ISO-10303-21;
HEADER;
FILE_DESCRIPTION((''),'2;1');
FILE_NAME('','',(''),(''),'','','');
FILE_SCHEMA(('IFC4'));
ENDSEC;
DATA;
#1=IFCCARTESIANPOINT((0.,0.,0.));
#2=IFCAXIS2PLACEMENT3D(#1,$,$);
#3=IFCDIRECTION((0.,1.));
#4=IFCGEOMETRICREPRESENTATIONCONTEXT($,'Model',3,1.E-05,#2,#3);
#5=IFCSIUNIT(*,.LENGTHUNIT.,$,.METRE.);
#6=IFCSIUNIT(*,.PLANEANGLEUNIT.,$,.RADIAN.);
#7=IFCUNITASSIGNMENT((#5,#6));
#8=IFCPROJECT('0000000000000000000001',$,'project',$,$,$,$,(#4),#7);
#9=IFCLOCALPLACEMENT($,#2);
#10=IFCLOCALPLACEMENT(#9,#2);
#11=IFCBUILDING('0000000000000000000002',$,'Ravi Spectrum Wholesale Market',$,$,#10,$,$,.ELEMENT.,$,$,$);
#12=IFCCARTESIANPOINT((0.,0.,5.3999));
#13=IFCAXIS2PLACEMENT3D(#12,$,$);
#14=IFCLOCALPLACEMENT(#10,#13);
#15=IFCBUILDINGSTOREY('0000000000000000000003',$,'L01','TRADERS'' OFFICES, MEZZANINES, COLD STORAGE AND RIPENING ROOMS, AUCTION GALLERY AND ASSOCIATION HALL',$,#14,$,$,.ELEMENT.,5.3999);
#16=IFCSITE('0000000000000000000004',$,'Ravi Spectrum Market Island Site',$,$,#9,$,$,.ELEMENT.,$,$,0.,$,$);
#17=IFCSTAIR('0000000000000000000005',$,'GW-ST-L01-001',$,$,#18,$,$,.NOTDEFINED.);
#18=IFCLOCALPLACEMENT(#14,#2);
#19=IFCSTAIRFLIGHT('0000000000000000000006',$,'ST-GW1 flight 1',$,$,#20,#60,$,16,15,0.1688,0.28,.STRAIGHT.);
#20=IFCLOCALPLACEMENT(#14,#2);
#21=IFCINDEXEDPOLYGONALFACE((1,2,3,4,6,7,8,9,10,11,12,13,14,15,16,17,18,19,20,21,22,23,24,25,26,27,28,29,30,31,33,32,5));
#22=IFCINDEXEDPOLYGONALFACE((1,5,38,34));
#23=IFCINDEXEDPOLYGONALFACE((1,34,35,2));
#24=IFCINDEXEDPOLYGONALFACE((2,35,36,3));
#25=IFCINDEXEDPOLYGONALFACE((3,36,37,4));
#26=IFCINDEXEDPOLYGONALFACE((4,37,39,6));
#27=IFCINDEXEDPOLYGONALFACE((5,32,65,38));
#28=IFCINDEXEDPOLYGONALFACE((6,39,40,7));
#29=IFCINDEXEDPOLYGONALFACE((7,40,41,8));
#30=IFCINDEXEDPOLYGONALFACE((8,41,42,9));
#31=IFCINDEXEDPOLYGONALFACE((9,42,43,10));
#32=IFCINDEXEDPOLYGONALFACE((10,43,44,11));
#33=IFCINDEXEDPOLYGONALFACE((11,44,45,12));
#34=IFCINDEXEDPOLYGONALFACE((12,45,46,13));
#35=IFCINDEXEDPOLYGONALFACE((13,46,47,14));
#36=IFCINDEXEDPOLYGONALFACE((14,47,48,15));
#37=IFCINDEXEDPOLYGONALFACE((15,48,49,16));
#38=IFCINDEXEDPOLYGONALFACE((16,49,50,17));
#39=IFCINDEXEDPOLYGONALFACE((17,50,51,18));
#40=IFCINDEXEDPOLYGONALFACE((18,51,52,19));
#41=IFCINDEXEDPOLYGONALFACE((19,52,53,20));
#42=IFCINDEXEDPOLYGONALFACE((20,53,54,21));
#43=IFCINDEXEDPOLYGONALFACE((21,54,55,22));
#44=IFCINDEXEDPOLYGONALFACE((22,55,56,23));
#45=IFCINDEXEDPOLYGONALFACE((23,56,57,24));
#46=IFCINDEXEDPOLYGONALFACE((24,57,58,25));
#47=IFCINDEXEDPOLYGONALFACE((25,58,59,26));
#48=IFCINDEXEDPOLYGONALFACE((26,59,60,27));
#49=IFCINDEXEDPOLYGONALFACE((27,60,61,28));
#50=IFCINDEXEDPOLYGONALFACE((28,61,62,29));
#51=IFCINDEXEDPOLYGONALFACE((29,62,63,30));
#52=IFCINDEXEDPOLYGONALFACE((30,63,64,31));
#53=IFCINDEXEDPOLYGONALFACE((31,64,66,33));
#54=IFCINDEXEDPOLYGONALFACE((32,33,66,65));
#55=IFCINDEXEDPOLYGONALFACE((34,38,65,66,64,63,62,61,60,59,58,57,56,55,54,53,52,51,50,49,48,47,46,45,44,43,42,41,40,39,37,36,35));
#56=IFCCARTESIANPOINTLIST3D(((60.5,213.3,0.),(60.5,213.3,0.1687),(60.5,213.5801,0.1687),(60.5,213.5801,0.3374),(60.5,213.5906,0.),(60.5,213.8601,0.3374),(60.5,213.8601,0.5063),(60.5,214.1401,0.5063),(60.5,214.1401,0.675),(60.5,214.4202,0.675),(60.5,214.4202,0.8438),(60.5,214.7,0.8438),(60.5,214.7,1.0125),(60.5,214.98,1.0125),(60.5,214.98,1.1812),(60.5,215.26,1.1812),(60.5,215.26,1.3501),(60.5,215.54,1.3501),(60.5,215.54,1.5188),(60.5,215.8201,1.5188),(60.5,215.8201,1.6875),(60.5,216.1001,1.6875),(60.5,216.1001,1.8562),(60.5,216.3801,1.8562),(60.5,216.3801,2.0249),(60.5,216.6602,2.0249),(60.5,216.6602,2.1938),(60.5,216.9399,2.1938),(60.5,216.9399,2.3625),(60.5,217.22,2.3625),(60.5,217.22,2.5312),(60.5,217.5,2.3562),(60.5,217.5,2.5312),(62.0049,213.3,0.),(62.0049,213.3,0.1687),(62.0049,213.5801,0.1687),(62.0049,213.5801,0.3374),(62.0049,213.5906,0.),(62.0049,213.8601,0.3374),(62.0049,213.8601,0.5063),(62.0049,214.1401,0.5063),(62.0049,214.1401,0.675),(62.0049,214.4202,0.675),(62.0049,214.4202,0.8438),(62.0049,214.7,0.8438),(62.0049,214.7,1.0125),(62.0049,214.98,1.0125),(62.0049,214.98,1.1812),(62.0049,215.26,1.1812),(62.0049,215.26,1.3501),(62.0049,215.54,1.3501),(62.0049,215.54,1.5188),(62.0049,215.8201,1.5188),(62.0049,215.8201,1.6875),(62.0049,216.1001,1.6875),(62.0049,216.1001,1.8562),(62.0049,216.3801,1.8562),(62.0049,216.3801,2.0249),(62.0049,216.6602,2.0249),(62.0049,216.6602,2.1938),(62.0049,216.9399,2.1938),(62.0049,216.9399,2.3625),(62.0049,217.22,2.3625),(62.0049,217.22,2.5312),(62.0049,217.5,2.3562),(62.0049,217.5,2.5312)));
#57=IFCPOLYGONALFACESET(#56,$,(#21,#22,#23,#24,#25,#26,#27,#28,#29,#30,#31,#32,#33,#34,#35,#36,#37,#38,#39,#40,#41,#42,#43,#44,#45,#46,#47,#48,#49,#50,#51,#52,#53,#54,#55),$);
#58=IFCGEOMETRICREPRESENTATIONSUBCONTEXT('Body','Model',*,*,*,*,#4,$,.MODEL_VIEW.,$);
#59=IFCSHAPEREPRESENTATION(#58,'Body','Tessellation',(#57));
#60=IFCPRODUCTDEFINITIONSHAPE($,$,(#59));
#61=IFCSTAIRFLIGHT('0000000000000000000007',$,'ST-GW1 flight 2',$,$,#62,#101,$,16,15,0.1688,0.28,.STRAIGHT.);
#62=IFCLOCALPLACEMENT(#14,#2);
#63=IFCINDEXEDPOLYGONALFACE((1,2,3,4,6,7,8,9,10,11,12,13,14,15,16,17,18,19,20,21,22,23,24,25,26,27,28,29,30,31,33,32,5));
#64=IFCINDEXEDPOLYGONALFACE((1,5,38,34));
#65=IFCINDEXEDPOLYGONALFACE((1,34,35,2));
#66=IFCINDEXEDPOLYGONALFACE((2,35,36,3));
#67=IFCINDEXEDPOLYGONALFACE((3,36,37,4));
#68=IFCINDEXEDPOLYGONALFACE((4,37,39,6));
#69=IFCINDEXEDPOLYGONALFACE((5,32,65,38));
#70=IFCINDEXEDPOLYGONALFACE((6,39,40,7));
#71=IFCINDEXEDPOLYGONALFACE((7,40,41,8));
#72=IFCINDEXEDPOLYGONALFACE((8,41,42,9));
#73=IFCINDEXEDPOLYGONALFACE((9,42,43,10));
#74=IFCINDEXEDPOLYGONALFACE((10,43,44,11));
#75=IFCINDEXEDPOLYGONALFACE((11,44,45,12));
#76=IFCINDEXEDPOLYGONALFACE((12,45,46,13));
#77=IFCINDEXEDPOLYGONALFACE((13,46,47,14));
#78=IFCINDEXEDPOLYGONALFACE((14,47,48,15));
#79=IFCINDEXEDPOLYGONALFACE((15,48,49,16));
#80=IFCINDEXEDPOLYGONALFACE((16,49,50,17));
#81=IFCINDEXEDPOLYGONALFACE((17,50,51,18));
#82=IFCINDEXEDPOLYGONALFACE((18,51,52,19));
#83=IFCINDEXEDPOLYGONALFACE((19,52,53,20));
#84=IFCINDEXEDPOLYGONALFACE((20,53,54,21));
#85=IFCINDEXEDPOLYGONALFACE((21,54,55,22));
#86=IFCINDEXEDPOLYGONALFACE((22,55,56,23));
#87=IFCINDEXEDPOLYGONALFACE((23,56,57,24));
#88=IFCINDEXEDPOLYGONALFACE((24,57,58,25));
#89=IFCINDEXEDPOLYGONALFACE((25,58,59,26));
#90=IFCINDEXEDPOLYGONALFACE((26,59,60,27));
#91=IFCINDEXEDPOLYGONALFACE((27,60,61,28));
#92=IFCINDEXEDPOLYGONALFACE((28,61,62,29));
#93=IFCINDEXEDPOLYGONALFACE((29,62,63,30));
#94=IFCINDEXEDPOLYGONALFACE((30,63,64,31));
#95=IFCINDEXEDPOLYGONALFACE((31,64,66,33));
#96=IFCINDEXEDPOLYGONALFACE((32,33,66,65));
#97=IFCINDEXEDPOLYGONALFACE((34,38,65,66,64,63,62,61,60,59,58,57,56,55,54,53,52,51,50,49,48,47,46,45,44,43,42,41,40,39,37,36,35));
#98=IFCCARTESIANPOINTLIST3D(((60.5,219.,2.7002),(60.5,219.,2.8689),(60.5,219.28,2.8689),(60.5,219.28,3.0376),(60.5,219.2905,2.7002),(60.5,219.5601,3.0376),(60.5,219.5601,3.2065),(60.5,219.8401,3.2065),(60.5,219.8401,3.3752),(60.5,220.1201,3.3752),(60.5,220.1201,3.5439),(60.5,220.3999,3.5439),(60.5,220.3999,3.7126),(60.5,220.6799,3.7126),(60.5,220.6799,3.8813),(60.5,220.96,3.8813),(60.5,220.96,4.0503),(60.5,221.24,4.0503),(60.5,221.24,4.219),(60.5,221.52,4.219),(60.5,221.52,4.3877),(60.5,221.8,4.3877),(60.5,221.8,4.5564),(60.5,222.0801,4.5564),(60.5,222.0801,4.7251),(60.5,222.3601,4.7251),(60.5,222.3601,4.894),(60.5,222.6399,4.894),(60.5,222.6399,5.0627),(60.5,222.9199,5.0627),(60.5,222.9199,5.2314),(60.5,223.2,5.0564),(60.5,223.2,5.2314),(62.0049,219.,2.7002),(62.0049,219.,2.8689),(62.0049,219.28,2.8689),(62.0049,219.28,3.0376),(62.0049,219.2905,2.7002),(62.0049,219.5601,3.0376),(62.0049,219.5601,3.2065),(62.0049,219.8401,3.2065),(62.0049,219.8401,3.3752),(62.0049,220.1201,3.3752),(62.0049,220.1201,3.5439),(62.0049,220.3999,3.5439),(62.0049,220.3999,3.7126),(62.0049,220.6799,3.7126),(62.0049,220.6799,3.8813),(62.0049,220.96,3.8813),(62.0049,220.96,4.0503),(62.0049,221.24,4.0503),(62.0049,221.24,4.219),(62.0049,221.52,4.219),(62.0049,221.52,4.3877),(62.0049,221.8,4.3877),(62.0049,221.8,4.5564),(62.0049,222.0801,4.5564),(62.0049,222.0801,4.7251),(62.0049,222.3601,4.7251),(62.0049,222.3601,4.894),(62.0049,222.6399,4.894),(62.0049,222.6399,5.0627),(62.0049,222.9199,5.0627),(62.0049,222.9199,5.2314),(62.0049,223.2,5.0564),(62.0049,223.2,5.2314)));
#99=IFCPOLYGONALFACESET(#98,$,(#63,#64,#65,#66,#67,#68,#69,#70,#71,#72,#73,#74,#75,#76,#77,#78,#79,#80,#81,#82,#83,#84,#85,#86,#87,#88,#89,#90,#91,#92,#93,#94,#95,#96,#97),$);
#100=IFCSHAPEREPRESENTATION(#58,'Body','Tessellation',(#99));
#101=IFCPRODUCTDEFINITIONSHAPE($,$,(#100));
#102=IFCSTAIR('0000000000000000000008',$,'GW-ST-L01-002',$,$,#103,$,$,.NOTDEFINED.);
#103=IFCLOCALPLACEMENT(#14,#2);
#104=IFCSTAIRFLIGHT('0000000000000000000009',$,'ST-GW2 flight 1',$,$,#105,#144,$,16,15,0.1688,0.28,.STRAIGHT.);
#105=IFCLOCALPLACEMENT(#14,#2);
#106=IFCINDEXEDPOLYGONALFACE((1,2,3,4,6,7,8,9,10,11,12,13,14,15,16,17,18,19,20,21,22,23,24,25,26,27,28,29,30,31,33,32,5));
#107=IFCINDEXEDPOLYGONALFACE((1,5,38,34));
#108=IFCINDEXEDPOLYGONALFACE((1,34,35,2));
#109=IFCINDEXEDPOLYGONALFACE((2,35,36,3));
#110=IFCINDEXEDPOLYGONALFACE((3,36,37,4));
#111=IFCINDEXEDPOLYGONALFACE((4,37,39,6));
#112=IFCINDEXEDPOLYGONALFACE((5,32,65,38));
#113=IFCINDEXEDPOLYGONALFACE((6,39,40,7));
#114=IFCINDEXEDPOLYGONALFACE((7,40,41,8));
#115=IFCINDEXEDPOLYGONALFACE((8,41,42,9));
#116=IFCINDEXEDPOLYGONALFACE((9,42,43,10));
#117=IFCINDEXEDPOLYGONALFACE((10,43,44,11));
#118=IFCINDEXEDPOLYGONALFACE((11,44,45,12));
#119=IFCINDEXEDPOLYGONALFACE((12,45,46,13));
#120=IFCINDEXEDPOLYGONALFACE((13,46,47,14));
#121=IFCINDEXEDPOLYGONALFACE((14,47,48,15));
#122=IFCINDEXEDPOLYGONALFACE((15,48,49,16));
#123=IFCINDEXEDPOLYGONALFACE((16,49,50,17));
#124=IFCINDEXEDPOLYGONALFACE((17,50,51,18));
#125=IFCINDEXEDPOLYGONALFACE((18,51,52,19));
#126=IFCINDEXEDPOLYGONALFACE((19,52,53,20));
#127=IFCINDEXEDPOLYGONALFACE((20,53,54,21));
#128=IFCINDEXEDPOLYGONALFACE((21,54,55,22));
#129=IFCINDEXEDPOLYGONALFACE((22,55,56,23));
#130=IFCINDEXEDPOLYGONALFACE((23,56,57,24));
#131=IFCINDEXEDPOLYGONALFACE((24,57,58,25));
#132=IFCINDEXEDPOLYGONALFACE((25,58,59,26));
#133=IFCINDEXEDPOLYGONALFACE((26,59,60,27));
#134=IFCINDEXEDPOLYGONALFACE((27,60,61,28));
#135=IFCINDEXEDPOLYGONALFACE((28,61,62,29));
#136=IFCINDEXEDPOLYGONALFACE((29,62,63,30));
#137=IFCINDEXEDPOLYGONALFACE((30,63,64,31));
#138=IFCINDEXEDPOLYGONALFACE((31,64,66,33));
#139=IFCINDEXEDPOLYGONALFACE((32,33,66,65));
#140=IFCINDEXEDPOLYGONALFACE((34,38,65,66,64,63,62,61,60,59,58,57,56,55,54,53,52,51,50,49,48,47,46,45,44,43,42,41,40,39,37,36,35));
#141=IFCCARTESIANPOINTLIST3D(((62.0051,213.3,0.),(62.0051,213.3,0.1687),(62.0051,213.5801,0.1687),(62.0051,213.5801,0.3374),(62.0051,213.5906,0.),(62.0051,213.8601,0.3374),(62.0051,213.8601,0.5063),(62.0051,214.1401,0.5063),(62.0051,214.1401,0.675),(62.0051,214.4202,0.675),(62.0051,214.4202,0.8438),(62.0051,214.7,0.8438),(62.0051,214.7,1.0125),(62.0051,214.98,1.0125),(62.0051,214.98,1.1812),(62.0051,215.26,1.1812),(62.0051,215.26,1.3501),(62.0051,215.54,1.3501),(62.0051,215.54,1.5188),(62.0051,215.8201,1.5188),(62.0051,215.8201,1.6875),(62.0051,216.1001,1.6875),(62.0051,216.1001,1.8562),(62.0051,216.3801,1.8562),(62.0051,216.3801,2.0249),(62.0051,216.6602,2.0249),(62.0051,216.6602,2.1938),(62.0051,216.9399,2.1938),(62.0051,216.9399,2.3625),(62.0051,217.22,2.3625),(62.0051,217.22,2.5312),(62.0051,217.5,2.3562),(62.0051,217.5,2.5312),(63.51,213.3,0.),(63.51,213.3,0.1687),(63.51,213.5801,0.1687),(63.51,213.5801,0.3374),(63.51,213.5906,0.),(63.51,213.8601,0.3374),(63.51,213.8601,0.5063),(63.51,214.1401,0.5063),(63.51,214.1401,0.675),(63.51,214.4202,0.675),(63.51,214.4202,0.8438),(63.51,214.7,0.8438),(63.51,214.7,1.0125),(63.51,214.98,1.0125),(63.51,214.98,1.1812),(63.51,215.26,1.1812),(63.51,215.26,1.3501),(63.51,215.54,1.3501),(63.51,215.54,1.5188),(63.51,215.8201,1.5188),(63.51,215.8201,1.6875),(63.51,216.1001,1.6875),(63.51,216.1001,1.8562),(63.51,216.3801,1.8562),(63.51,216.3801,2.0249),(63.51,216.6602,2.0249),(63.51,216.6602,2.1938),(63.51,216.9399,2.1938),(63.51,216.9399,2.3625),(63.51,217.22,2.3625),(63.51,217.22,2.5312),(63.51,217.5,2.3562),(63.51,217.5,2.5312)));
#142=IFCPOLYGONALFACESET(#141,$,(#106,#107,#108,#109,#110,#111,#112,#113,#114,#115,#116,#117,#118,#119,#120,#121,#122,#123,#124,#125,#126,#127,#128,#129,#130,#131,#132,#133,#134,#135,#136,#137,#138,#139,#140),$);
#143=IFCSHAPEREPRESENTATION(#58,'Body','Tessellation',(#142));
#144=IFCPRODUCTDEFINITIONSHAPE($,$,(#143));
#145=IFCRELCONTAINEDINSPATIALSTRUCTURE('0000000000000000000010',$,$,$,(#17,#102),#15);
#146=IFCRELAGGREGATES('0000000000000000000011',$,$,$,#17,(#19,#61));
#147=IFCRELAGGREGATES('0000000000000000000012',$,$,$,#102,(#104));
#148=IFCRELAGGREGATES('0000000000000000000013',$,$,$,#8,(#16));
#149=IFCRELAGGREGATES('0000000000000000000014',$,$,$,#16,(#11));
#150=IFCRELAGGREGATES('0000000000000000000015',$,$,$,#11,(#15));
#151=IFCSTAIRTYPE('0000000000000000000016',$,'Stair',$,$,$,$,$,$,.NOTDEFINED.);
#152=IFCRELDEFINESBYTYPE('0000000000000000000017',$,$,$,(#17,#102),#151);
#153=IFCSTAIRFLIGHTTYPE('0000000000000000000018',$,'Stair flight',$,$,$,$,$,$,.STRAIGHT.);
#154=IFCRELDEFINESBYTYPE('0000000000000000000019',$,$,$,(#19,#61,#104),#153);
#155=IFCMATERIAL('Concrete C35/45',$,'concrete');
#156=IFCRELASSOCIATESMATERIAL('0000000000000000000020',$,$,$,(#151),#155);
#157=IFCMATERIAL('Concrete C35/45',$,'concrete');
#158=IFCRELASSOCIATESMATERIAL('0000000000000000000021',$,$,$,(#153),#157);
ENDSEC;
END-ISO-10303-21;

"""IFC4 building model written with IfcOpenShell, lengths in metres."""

from ifc_helpers import new_model, si_unit, direction, frame, origin, place, context, subcontext, project, spatial, polyline, outline, extrude, material, type_object, element, aggregate, save


model = new_model("IFC4")

# Units and contexts
model_context = context("Model", 3, precision=1e-05, world=origin(), true_north=direction((0.0, 1.0)))
body_context = subcontext(model_context, "Body", "Model", "MODEL_VIEW")
ifc_project = project(units=[si_unit("LENGTHUNIT", "METRE"), si_unit("PLANEANGLEUNIT", "RADIAN")], contexts=[model_context])

# Site, building, storey
site_placement = place(None, origin())
site = spatial("IfcSite", under=ifc_project, at=site_placement, Name="Ravi Spectrum Market Island Site", CompositionType="ELEMENT", RefElevation=0.0)
building_placement = place(site_placement, origin())
building = spatial("IfcBuilding", under=site, at=building_placement, Name="Ravi Spectrum Wholesale Market", CompositionType="ELEMENT")
storey_placement = place(building_placement, frame((0.0, 0.0, 5.3999)))
storey = spatial("IfcBuildingStorey", under=building, at=storey_placement, Name="L01", Description="TRADERS' OFFICES, MEZZANINES, COLD STORAGE AND RIPENING ROOMS, AUCTION GALLERY AND ASSOCIATION HALL", CompositionType="ELEMENT", Elevation=5.3999)

# Stairs, stair flights
ifc_material_1 = material(Name="Concrete C35/45", Category="concrete")
stair_type = type_object("IfcStairType", Name="Stair", PredefinedType="NOTDEFINED", material=ifc_material_1)
stair_1_placement = place(storey_placement, origin())
stair_1 = element("IfcStair", 1, at=stair_1_placement, inside=storey, type_object=stair_type, Name="GW-ST-L01-001", PredefinedType="NOTDEFINED")
ifc_material_2 = material(Name="Concrete C35/45", Category="concrete")
stair_flight_type = type_object("IfcStairFlightType", Name="Stair flight", PredefinedType="STRAIGHT", material=ifc_material_2)
stair_flight_1_placement = place(storey_placement, frame((61.2524, 213.3, 0.0), z_axis=(0.0, 0.0, 1.0), x_axis=(0.0, 1.0, 0.0)))
stair_flight_1 = element("IfcStairFlight", 2, at=stair_flight_1_placement, type_object=stair_flight_type, Name="ST-GW1 flight 1", NumberOfRisers=16, NumberOfTreads=15, PredefinedType="STRAIGHT", RiserHeight=0.1688, TreadLength=0.28, context=body_context, shape_type="SweptSolid", body=[
    extrude(outline(polyline([(0.0, 0.0), (0.0, 0.1687), (0.28, 0.1687), (0.28, 0.3374), (0.5601, 0.3374), (0.5601, 0.5063), (0.8401, 0.5063), (0.8401, 0.675), (1.1201, 0.675), (1.1201, 0.8438), (1.3999, 0.8438), (1.3999, 1.0125), (1.6799, 1.0125), (1.6799, 1.1812), (1.96, 1.1812), (1.96, 1.3501), (2.24, 1.3501), (2.24, 1.5188), (2.52, 1.5188), (2.52, 1.6875), (2.8, 1.6875), (2.8, 1.8562), (3.0801, 1.8562), (3.0801, 2.0249), (3.3601, 2.0249), (3.3601, 2.1938), (3.6399, 2.1938), (3.6399, 2.3625), (3.9199, 2.3625), (3.9199, 2.5312), (4.2, 2.5312), (4.2, 2.7), (4.2, 2.3562), (0.2905, 0.0), (0.0, 0.0)])), frame((0.0, 0.7524, 0.0), z_axis=(0.0, -1.0, 0.0), x_axis=(1.0, 0.0, 0.0)), (0.0, 0.0, 1.0), 1.5049),
])
stair_flight_2_placement = place(storey_placement, frame((61.2524, 219.0, 2.7002), z_axis=(0.0, 0.0, 1.0), x_axis=(0.0, 1.0, 0.0)))
stair_flight_2 = element("IfcStairFlight", 3, at=stair_flight_2_placement, type_object=stair_flight_type, Name="ST-GW1 flight 2", NumberOfRisers=16, NumberOfTreads=15, PredefinedType="STRAIGHT", RiserHeight=0.1688, TreadLength=0.28, context=body_context, shape_type="SweptSolid", body=[
    extrude(outline(polyline([(0.0, 0.0), (0.0, 0.1687), (0.28, 0.1687), (0.28, 0.3374), (0.5601, 0.3374), (0.5601, 0.5063), (0.8401, 0.5063), (0.8401, 0.675), (1.1201, 0.675), (1.1201, 0.8438), (1.3999, 0.8438), (1.3999, 1.0125), (1.6799, 1.0125), (1.6799, 1.1812), (1.96, 1.1812), (1.96, 1.3501), (2.24, 1.3501), (2.24, 1.5188), (2.52, 1.5188), (2.52, 1.6875), (2.8, 1.6875), (2.8, 1.8562), (3.0801, 1.8562), (3.0801, 2.0249), (3.3601, 2.0249), (3.3601, 2.1938), (3.6399, 2.1938), (3.6399, 2.3625), (3.9199, 2.3625), (3.9199, 2.5312), (4.2, 2.5312), (4.2, 2.7), (4.2, 2.3562), (0.2905, 0.0), (0.0, 0.0)])), frame((0.0, 0.7524, 0.0), z_axis=(0.0, -1.0, 0.0), x_axis=(1.0, 0.0, 0.0)), (0.0, 0.0, 1.0), 1.5049),
])
aggregate(stair_1, [stair_flight_1, stair_flight_2])
stair_2_placement = place(storey_placement, origin())
stair_2 = element("IfcStair", 4, at=stair_2_placement, inside=storey, type_object=stair_type, Name="GW-ST-L01-002", PredefinedType="NOTDEFINED")
stair_flight_3_placement = place(storey_placement, frame((62.7576, 213.3, 0.0), z_axis=(0.0, 0.0, 1.0), x_axis=(0.0, 1.0, 0.0)))
stair_flight_3 = element("IfcStairFlight", 5, at=stair_flight_3_placement, type_object=stair_flight_type, Name="ST-GW2 flight 1", NumberOfRisers=16, NumberOfTreads=15, PredefinedType="STRAIGHT", RiserHeight=0.1688, TreadLength=0.28, context=body_context, shape_type="SweptSolid", body=[
    extrude(outline(polyline([(0.0, 0.0), (0.0, 0.1687), (0.28, 0.1687), (0.28, 0.3374), (0.5601, 0.3374), (0.5601, 0.5063), (0.8401, 0.5063), (0.8401, 0.675), (1.1201, 0.675), (1.1201, 0.8438), (1.3999, 0.8438), (1.3999, 1.0125), (1.6799, 1.0125), (1.6799, 1.1812), (1.96, 1.1812), (1.96, 1.3501), (2.24, 1.3501), (2.24, 1.5188), (2.52, 1.5188), (2.52, 1.6875), (2.8, 1.6875), (2.8, 1.8562), (3.0801, 1.8562), (3.0801, 2.0249), (3.3601, 2.0249), (3.3601, 2.1938), (3.6399, 2.1938), (3.6399, 2.3625), (3.9199, 2.3625), (3.9199, 2.5312), (4.2, 2.5312), (4.2, 2.7), (4.2, 2.3562), (0.2905, 0.0), (0.0, 0.0)])), frame((0.0, 0.7524, 0.0), z_axis=(0.0, -1.0, 0.0), x_axis=(1.0, 0.0, 0.0)), (0.0, 0.0, 1.0), 1.5049),
])
aggregate(stair_2, [stair_flight_3])

save(model, "model.ifc")
